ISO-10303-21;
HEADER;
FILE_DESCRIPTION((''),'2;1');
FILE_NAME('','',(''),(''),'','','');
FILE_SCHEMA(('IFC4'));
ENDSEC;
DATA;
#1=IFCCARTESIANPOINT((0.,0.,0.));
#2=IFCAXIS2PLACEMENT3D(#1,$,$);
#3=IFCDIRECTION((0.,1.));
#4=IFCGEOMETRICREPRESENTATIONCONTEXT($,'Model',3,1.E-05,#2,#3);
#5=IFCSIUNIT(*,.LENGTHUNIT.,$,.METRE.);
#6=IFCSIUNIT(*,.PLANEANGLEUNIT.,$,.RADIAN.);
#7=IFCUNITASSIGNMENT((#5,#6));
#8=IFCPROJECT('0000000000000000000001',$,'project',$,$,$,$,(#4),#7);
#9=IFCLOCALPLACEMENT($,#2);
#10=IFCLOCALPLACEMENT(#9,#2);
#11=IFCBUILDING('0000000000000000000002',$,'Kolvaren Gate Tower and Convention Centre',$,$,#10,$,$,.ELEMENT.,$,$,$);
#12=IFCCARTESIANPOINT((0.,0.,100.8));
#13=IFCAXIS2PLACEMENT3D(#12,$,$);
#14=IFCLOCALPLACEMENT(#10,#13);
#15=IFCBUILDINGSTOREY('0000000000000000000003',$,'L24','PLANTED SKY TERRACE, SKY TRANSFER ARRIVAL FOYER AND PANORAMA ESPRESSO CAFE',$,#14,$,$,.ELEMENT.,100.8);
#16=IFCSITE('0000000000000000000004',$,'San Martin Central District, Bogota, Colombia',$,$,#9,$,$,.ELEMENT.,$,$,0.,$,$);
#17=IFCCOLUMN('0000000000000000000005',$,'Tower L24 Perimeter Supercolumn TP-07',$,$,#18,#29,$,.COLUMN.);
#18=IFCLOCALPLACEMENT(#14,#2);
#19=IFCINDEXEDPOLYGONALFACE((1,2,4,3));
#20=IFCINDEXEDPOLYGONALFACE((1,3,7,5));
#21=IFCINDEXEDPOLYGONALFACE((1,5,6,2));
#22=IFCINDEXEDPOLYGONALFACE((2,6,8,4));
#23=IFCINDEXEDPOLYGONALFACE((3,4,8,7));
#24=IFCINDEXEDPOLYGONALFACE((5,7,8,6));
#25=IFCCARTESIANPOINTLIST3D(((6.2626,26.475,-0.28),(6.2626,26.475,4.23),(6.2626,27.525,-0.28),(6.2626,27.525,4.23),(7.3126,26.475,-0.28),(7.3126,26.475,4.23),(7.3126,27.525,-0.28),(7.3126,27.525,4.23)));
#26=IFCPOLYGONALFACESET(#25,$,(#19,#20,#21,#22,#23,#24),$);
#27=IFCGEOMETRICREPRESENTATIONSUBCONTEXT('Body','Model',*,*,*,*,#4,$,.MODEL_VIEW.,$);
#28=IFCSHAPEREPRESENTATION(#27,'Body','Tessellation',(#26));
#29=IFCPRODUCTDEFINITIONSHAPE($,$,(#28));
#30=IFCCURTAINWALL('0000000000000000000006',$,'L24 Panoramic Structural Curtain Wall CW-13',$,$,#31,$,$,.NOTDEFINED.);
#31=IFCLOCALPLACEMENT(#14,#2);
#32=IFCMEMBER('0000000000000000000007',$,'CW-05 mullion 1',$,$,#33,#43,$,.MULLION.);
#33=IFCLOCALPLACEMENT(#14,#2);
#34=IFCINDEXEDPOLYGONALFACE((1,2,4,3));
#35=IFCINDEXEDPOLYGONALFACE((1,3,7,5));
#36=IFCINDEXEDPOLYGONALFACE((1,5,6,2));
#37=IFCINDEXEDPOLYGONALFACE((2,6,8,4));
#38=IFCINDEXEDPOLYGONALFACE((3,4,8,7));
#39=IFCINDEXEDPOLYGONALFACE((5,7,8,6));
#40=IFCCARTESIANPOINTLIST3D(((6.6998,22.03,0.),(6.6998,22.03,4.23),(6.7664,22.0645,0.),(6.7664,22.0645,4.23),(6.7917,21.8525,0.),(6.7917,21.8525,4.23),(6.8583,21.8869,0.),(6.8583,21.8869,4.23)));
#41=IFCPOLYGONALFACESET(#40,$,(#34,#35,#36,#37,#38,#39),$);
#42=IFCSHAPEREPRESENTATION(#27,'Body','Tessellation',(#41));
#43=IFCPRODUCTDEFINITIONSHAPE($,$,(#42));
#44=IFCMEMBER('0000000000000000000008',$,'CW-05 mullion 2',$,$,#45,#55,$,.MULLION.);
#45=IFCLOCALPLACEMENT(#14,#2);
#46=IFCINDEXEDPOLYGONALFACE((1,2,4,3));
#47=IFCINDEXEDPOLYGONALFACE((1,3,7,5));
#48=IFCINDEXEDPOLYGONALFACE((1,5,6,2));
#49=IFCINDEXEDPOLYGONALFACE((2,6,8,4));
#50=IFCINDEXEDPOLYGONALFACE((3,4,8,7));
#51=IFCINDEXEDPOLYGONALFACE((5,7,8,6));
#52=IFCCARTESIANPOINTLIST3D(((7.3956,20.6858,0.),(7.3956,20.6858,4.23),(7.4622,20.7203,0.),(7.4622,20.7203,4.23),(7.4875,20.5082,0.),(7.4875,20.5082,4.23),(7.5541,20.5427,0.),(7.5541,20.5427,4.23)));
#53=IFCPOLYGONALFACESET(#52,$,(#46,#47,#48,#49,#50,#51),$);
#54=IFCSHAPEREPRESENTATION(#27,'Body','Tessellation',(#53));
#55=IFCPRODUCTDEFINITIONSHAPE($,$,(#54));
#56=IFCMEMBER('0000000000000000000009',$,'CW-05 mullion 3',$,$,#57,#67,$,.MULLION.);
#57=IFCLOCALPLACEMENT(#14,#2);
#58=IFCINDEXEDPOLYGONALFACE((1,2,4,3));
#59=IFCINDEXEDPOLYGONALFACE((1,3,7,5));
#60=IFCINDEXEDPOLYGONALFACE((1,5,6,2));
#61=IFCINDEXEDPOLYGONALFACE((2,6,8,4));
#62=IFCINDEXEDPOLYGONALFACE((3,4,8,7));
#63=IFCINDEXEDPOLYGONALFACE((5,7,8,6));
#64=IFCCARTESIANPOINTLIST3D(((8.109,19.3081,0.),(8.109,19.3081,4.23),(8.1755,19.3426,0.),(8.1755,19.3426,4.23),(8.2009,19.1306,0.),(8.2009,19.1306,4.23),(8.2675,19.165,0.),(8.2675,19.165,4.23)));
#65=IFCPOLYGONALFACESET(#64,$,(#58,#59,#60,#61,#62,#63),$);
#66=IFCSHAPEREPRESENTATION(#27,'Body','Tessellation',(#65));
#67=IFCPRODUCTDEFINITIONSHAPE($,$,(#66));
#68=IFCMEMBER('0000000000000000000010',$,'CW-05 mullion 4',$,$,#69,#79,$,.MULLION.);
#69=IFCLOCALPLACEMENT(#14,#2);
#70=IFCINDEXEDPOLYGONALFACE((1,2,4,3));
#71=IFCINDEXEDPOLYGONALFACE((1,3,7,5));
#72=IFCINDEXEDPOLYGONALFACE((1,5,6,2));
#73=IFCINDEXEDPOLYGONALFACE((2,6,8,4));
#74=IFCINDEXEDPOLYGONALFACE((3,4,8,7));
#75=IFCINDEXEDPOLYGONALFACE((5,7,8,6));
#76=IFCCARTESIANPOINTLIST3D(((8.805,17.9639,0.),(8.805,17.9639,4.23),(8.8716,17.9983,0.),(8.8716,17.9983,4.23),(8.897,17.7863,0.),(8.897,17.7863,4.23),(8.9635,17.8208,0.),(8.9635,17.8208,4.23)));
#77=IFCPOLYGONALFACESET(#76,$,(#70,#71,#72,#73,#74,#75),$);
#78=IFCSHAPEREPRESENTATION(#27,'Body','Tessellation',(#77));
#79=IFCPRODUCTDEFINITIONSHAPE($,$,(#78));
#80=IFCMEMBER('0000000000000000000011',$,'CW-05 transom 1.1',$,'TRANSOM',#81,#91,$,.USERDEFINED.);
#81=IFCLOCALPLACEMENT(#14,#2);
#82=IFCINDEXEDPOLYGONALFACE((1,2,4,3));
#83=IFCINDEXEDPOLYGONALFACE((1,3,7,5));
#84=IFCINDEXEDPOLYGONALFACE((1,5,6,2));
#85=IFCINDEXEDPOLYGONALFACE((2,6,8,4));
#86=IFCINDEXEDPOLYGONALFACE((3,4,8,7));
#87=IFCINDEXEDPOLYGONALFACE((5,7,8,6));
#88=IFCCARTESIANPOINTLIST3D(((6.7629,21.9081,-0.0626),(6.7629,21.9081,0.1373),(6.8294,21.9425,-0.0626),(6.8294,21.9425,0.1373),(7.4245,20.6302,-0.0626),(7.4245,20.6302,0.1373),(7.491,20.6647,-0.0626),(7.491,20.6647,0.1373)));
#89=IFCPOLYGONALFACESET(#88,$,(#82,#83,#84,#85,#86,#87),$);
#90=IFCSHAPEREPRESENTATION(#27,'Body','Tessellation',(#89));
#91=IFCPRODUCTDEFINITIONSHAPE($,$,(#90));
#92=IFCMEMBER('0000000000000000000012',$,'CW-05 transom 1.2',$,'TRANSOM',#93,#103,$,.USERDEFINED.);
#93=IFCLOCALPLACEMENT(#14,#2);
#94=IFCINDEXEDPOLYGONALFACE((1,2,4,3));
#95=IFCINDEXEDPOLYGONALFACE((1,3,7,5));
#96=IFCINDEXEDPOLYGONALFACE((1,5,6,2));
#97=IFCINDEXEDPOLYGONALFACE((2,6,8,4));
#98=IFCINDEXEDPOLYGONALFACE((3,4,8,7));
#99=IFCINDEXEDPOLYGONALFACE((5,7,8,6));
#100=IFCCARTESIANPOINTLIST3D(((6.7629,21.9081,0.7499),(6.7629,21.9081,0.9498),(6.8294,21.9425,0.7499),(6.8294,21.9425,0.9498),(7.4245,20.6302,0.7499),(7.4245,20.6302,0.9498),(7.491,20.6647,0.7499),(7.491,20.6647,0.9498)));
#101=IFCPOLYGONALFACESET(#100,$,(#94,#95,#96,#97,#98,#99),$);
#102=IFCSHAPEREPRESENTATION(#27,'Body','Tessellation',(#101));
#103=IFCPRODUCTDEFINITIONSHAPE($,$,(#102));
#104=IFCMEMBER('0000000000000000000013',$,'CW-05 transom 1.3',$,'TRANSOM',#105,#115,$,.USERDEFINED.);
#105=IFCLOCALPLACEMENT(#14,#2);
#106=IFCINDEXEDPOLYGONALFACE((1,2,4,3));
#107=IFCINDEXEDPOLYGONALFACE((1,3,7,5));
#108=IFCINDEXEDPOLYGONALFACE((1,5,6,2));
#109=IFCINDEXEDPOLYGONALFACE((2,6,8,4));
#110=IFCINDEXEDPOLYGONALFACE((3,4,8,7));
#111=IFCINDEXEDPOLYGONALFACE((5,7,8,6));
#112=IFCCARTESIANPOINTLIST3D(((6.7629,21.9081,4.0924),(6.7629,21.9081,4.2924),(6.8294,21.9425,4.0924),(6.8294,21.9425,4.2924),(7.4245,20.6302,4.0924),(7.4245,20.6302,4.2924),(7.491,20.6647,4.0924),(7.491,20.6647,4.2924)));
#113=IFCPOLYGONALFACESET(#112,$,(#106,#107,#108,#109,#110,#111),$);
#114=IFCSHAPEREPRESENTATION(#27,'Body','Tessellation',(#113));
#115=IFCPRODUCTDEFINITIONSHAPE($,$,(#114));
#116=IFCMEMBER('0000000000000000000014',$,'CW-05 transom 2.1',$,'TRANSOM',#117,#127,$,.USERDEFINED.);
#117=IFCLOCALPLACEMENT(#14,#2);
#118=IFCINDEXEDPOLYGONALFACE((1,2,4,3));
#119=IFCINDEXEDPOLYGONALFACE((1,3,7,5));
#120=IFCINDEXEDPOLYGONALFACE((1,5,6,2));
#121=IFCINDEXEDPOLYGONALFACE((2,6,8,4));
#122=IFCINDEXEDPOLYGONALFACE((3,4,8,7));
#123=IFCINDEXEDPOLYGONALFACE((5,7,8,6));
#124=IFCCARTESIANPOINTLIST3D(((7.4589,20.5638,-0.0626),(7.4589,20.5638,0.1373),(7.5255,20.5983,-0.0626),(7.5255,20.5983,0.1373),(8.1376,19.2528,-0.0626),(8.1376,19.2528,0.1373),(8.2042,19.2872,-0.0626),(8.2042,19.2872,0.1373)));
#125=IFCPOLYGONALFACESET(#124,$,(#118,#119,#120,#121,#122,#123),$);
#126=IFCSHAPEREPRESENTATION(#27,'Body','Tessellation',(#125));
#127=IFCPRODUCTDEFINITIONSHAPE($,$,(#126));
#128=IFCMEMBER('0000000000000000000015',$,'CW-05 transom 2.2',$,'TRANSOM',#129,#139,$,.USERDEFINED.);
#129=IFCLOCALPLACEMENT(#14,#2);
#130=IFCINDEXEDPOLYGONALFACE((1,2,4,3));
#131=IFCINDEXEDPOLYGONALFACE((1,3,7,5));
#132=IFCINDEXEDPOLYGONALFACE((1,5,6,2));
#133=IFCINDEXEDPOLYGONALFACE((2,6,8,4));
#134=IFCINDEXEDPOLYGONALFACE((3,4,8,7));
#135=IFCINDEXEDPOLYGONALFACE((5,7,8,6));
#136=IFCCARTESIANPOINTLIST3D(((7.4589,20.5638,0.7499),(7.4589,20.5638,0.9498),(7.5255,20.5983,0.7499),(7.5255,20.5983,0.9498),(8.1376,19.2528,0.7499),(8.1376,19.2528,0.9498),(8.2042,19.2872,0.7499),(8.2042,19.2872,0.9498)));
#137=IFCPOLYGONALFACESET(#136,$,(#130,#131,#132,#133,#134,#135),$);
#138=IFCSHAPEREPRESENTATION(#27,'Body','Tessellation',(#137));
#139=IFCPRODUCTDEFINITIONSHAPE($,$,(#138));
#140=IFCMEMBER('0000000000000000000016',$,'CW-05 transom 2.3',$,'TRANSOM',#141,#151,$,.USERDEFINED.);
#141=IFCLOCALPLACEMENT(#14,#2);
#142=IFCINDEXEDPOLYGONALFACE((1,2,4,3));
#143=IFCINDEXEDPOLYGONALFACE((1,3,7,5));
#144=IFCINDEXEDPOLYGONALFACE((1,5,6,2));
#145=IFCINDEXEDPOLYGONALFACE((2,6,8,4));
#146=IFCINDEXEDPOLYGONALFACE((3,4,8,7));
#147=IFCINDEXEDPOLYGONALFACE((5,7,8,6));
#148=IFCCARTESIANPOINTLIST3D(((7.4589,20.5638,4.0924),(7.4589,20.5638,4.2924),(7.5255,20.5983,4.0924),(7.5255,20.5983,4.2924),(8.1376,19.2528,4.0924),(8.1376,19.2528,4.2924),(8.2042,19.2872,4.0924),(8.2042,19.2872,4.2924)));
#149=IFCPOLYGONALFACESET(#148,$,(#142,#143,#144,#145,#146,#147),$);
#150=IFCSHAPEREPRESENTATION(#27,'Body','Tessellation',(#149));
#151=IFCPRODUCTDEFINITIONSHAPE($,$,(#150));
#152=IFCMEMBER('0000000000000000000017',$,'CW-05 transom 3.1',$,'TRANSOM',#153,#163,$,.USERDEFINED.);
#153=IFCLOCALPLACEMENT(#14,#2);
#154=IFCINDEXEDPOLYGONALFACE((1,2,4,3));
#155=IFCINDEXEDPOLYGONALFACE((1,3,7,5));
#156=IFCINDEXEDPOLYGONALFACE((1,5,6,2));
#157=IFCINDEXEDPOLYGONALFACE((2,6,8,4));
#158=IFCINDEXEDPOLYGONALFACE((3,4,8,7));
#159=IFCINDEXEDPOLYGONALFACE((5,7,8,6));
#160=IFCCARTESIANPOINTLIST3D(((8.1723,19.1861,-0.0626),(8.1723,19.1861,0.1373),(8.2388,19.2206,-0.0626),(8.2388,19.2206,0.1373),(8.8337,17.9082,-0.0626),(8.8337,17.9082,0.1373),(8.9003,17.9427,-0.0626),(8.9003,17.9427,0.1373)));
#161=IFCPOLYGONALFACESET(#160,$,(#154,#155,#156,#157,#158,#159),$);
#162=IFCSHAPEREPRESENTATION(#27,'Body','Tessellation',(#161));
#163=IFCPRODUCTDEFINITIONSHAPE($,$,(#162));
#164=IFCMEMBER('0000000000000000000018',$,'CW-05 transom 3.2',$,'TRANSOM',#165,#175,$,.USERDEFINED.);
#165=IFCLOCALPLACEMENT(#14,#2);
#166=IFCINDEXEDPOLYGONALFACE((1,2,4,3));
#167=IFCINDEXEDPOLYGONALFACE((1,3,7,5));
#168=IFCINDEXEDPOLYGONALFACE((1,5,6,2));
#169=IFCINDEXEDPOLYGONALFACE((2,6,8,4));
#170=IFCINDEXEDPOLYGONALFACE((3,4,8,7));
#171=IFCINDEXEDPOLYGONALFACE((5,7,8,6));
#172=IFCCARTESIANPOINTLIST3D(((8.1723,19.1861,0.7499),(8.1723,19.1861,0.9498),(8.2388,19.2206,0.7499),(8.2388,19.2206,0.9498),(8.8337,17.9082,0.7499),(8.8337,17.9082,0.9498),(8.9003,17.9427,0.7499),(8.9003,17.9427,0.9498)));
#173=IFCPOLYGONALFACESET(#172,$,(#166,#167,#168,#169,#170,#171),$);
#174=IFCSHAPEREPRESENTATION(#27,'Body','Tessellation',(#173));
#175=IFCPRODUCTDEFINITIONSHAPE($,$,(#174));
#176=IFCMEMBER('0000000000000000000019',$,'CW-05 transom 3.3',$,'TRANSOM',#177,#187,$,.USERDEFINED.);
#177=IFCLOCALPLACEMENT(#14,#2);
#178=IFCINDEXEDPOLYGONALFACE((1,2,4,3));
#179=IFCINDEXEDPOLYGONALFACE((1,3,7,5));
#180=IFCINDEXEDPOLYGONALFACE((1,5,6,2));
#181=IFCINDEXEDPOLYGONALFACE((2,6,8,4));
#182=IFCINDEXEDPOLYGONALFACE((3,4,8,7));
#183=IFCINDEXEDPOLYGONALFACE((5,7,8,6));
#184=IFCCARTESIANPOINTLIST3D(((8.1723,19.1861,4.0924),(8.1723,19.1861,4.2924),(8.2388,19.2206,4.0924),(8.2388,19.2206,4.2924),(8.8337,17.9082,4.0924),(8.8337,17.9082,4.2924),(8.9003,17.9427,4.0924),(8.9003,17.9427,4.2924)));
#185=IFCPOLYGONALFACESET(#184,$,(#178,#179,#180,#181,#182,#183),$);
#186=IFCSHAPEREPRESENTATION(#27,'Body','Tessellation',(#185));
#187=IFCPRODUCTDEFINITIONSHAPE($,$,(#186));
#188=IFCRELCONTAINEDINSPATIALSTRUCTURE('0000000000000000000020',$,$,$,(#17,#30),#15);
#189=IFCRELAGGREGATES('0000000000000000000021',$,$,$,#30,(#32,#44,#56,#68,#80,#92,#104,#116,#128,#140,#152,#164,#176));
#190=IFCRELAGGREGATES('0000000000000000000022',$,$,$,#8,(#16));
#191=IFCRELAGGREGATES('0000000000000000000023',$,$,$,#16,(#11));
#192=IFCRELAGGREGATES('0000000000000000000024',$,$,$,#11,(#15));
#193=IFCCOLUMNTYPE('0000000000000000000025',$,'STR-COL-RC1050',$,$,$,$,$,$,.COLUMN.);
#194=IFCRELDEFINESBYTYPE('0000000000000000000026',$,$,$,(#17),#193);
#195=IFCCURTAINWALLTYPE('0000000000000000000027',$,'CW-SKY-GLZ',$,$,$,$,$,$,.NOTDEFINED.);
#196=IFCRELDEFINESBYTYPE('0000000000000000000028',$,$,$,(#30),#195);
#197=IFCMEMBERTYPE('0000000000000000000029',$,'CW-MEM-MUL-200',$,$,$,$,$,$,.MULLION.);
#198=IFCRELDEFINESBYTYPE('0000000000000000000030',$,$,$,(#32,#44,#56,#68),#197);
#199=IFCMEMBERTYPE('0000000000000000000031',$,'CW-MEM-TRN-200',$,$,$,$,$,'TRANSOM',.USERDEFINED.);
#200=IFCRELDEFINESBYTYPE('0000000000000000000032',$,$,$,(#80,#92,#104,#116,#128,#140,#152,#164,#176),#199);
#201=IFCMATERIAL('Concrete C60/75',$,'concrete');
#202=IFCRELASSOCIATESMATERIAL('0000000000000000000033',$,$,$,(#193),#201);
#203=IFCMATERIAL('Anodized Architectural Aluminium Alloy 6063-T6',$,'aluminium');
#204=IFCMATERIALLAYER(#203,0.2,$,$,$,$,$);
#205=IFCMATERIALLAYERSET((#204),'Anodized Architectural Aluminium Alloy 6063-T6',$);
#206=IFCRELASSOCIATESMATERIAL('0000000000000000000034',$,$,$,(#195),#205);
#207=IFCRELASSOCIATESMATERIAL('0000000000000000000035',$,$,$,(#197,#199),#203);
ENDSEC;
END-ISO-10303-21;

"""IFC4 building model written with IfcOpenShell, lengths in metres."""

from ifc_helpers import new_model, si_unit, direction, frame, origin, origin_2d, place, context, subcontext, project, spatial, rectangle, extrude, material, layer, layer_set, material_profile, profile_set, type_object, element, aggregate, save


model = new_model("IFC4")

# Units and contexts
model_context = context("Model", 3, precision=1e-05, world=origin(), true_north=direction((0.0, 1.0)))
body_context = subcontext(model_context, "Body", "Model", "MODEL_VIEW")
ifc_project = project(units=[si_unit("LENGTHUNIT", "METRE"), si_unit("PLANEANGLEUNIT", "RADIAN")], contexts=[model_context])

# Site, building, storey
site_placement = place(None, origin())
site = spatial("IfcSite", under=ifc_project, at=site_placement, Name="San Martin Central District, Bogota, Colombia", CompositionType="ELEMENT", RefElevation=0.0)
building_placement = place(site_placement, origin())
building = spatial("IfcBuilding", under=site, at=building_placement, Name="Kolvaren Gate Tower and Convention Centre", CompositionType="ELEMENT")
storey_placement = place(building_placement, frame((0.0, 0.0, 100.8)))
storey = spatial("IfcBuildingStorey", under=building, at=storey_placement, Name="L24", Description="PLANTED SKY TERRACE, SKY TRANSFER ARRIVAL FOYER AND PANORAMA ESPRESSO CAFE", CompositionType="ELEMENT", Elevation=100.8)

# Column
ifc_material_1 = material(Name="Concrete C60/75", Category="concrete")
ifc_material_profile_1 = material_profile(ifc_material_1, rectangle(XDim=1.05, YDim=1.05, at=origin_2d()), Name="RC-COL-1050X1050")
ifc_profile_set_1 = profile_set([ifc_material_profile_1], Name="Concrete C60/75")
column_type = type_object("IfcColumnType", Name="STR-COL-RC1050", PredefinedType="COLUMN", material=ifc_profile_set_1)
column_placement = place(storey_placement, frame((6.7876, 27.0, -0.28), z_axis=(0.0, 0.0, 1.0), x_axis=(1.0, 0.0, 0.0)))
element("IfcColumn", 1, at=column_placement, inside=storey, type_object=column_type, Name="Tower L24 Perimeter Supercolumn TP-07", PredefinedType="COLUMN", context=body_context, shape_type="SweptSolid", body=[
    extrude(rectangle(XDim=1.05, YDim=1.05, at=origin_2d()), origin(), (0.0, 0.0, 1.0), 4.51),
])

# Curtain wall, members
ifc_material_2 = material(Name="Anodized Architectural Aluminium Alloy 6063-T6", Category="aluminium")
ifc_layer_1 = layer(ifc_material_2, 0.2)
ifc_layer_set_1 = layer_set([ifc_layer_1], Name="Anodized Architectural Aluminium Alloy 6063-T6")
curtain_wall_type = type_object("IfcCurtainWallType", Name="CW-SKY-GLZ", PredefinedType="NOTDEFINED", material=ifc_layer_set_1)
curtain_wall_placement = place(storey_placement, origin())
curtain_wall = element("IfcCurtainWall", 2, at=curtain_wall_placement, inside=storey, type_object=curtain_wall_type, Name="L24 Panoramic Structural Curtain Wall CW-13", PredefinedType="NOTDEFINED")
ifc_material_profile_2 = material_profile(ifc_material_2, rectangle(XDim=0.075, YDim=0.2, at=origin_2d()), Name="CW-MEM-MUL-200")
ifc_profile_set_2 = profile_set([ifc_material_profile_2], Name="Anodized Architectural Aluminium Alloy 6063-T6")
member_type_1 = type_object("IfcMemberType", Name="CW-MEM-MUL-200", PredefinedType="MULLION", material=ifc_profile_set_2)
member_1_placement = place(storey_placement, frame((6.7791, 21.9585, 0.0), z_axis=(0.0, 0.0, 1.0), x_axis=(0.888034, 0.459778, 0.0)))
member_1 = element("IfcMember", 3, at=member_1_placement, type_object=member_type_1, Name="CW-05 mullion 1", PredefinedType="MULLION", context=body_context, shape_type="SweptSolid", body=[
    extrude(rectangle(XDim=0.075, YDim=0.2, at=origin_2d()), origin(), (0.0, 0.0, 1.0), 4.23),
])
member_2_placement = place(storey_placement, frame((7.4749, 20.6143, 0.0), z_axis=(0.0, 0.0, 1.0), x_axis=(0.888034, 0.459778, 0.0)))
member_2 = element("IfcMember", 4, at=member_2_placement, type_object=member_type_1, Name="CW-05 mullion 2", PredefinedType="MULLION", context=body_context, shape_type="SweptSolid", body=[
    extrude(rectangle(XDim=0.075, YDim=0.2, at=origin_2d()), origin(), (0.0, 0.0, 1.0), 4.23),
])
member_3_placement = place(storey_placement, frame((8.1882, 19.2366, 0.0), z_axis=(0.0, 0.0, 1.0), x_axis=(0.888034, 0.459778, 0.0)))
member_3 = element("IfcMember", 5, at=member_3_placement, type_object=member_type_1, Name="CW-05 mullion 3", PredefinedType="MULLION", context=body_context, shape_type="SweptSolid", body=[
    extrude(rectangle(XDim=0.075, YDim=0.2, at=origin_2d()), origin(), (0.0, 0.0, 1.0), 4.23),
])
member_4_placement = place(storey_placement, frame((8.8843, 17.8923, 0.0), z_axis=(0.0, 0.0, 1.0), x_axis=(0.888034, 0.459778, 0.0)))
member_4 = element("IfcMember", 6, at=member_4_placement, type_object=member_type_1, Name="CW-05 mullion 4", PredefinedType="MULLION", context=body_context, shape_type="SweptSolid", body=[
    extrude(rectangle(XDim=0.075, YDim=0.2, at=origin_2d()), origin(), (0.0, 0.0, 1.0), 4.23),
])
ifc_material_profile_3 = material_profile(ifc_material_2, rectangle(XDim=0.075, YDim=0.2, at=origin_2d()), Name="CW-MEM-TRN-200")
ifc_profile_set_3 = profile_set([ifc_material_profile_3], Name="Anodized Architectural Aluminium Alloy 6063-T6")
member_type_2 = type_object("IfcMemberType", Name="CW-MEM-TRN-200", ElementType="TRANSOM", PredefinedType="USERDEFINED", material=ifc_profile_set_3)
member_5_placement = place(storey_placement, frame((6.7961, 21.9253, 0.0374), z_axis=(0.459792, -0.888027, 0.0), x_axis=(0.888027, 0.459792, 0.0)))
member_5 = element("IfcMember", 7, at=member_5_placement, type_object=member_type_2, Name="CW-05 transom 1.1", ObjectType="TRANSOM", PredefinedType="USERDEFINED", context=body_context, shape_type="SweptSolid", body=[
    extrude(rectangle(XDim=0.075, YDim=0.2, at=origin_2d()), origin(), (0.0, 0.0, 1.0), 1.439),
])
member_6_placement = place(storey_placement, frame((6.7961, 21.9253, 0.8499), z_axis=(0.459792, -0.888027, 0.0), x_axis=(0.888027, 0.459792, 0.0)))
member_6 = element("IfcMember", 8, at=member_6_placement, type_object=member_type_2, Name="CW-05 transom 1.2", ObjectType="TRANSOM", PredefinedType="USERDEFINED", context=body_context, shape_type="SweptSolid", body=[
    extrude(rectangle(XDim=0.075, YDim=0.2, at=origin_2d()), origin(), (0.0, 0.0, 1.0), 1.439),
])
member_7_placement = place(storey_placement, frame((6.7961, 21.9253, 4.1924), z_axis=(0.459792, -0.888027, 0.0), x_axis=(0.888027, 0.459792, 0.0)))
member_7 = element("IfcMember", 9, at=member_7_placement, type_object=member_type_2, Name="CW-05 transom 1.3", ObjectType="TRANSOM", PredefinedType="USERDEFINED", context=body_context, shape_type="SweptSolid", body=[
    extrude(rectangle(XDim=0.075, YDim=0.2, at=origin_2d()), origin(), (0.0, 0.0, 1.0), 1.439),
])
member_8_placement = place(storey_placement, frame((7.4922, 20.5811, 0.0374), z_axis=(0.459738, -0.888055, 0.0), x_axis=(0.888055, 0.459738, 0.0)))
member_8 = element("IfcMember", 10, at=member_8_placement, type_object=member_type_2, Name="CW-05 transom 2.1", ObjectType="TRANSOM", PredefinedType="USERDEFINED", context=body_context, shape_type="SweptSolid", body=[
    extrude(rectangle(XDim=0.075, YDim=0.2, at=origin_2d()), origin(), (0.0, 0.0, 1.0), 1.4763),
])
member_9_placement = place(storey_placement, frame((7.4922, 20.5811, 0.8499), z_axis=(0.459738, -0.888055, 0.0), x_axis=(0.888055, 0.459738, 0.0)))
member_9 = element("IfcMember", 11, at=member_9_placement, type_object=member_type_2, Name="CW-05 transom 2.2", ObjectType="TRANSOM", PredefinedType="USERDEFINED", context=body_context, shape_type="SweptSolid", body=[
    extrude(rectangle(XDim=0.075, YDim=0.2, at=origin_2d()), origin(), (0.0, 0.0, 1.0), 1.4763),
])
member_10_placement = place(storey_placement, frame((7.4922, 20.5811, 4.1924), z_axis=(0.459738, -0.888055, 0.0), x_axis=(0.888055, 0.459738, 0.0)))
member_10 = element("IfcMember", 12, at=member_10_placement, type_object=member_type_2, Name="CW-05 transom 2.3", ObjectType="TRANSOM", PredefinedType="USERDEFINED", context=body_context, shape_type="SweptSolid", body=[
    extrude(rectangle(XDim=0.075, YDim=0.2, at=origin_2d()), origin(), (0.0, 0.0, 1.0), 1.4763),
])
member_11_placement = place(storey_placement, frame((8.2056, 19.2034, 0.0374), z_axis=(0.459658, -0.888096, 0.0), x_axis=(0.888096, 0.459658, 0.0)))
member_11 = element("IfcMember", 13, at=member_11_placement, type_object=member_type_2, Name="CW-05 transom 3.1", ObjectType="TRANSOM", PredefinedType="USERDEFINED", context=body_context, shape_type="SweptSolid", body=[
    extrude(rectangle(XDim=0.075, YDim=0.2, at=origin_2d()), origin(), (0.0, 0.0, 1.0), 1.439),
])
member_12_placement = place(storey_placement, frame((8.2056, 19.2034, 0.8499), z_axis=(0.459658, -0.888096, 0.0), x_axis=(0.888096, 0.459658, 0.0)))
member_12 = element("IfcMember", 14, at=member_12_placement, type_object=member_type_2, Name="CW-05 transom 3.2", ObjectType="TRANSOM", PredefinedType="USERDEFINED", context=body_context, shape_type="SweptSolid", body=[
    extrude(rectangle(XDim=0.075, YDim=0.2, at=origin_2d()), origin(), (0.0, 0.0, 1.0), 1.439),
])
member_13_placement = place(storey_placement, frame((8.2056, 19.2034, 4.1924), z_axis=(0.459658, -0.888096, 0.0), x_axis=(0.888096, 0.459658, 0.0)))
member_13 = element("IfcMember", 15, at=member_13_placement, type_object=member_type_2, Name="CW-05 transom 3.3", ObjectType="TRANSOM", PredefinedType="USERDEFINED", context=body_context, shape_type="SweptSolid", body=[
    extrude(rectangle(XDim=0.075, YDim=0.2, at=origin_2d()), origin(), (0.0, 0.0, 1.0), 1.439),
])

aggregate(curtain_wall, [member_1, member_2, member_3, member_4, member_5, member_6, member_7, member_8, member_9, member_10, member_11, member_12, member_13])

save(model, "model.ifc")
